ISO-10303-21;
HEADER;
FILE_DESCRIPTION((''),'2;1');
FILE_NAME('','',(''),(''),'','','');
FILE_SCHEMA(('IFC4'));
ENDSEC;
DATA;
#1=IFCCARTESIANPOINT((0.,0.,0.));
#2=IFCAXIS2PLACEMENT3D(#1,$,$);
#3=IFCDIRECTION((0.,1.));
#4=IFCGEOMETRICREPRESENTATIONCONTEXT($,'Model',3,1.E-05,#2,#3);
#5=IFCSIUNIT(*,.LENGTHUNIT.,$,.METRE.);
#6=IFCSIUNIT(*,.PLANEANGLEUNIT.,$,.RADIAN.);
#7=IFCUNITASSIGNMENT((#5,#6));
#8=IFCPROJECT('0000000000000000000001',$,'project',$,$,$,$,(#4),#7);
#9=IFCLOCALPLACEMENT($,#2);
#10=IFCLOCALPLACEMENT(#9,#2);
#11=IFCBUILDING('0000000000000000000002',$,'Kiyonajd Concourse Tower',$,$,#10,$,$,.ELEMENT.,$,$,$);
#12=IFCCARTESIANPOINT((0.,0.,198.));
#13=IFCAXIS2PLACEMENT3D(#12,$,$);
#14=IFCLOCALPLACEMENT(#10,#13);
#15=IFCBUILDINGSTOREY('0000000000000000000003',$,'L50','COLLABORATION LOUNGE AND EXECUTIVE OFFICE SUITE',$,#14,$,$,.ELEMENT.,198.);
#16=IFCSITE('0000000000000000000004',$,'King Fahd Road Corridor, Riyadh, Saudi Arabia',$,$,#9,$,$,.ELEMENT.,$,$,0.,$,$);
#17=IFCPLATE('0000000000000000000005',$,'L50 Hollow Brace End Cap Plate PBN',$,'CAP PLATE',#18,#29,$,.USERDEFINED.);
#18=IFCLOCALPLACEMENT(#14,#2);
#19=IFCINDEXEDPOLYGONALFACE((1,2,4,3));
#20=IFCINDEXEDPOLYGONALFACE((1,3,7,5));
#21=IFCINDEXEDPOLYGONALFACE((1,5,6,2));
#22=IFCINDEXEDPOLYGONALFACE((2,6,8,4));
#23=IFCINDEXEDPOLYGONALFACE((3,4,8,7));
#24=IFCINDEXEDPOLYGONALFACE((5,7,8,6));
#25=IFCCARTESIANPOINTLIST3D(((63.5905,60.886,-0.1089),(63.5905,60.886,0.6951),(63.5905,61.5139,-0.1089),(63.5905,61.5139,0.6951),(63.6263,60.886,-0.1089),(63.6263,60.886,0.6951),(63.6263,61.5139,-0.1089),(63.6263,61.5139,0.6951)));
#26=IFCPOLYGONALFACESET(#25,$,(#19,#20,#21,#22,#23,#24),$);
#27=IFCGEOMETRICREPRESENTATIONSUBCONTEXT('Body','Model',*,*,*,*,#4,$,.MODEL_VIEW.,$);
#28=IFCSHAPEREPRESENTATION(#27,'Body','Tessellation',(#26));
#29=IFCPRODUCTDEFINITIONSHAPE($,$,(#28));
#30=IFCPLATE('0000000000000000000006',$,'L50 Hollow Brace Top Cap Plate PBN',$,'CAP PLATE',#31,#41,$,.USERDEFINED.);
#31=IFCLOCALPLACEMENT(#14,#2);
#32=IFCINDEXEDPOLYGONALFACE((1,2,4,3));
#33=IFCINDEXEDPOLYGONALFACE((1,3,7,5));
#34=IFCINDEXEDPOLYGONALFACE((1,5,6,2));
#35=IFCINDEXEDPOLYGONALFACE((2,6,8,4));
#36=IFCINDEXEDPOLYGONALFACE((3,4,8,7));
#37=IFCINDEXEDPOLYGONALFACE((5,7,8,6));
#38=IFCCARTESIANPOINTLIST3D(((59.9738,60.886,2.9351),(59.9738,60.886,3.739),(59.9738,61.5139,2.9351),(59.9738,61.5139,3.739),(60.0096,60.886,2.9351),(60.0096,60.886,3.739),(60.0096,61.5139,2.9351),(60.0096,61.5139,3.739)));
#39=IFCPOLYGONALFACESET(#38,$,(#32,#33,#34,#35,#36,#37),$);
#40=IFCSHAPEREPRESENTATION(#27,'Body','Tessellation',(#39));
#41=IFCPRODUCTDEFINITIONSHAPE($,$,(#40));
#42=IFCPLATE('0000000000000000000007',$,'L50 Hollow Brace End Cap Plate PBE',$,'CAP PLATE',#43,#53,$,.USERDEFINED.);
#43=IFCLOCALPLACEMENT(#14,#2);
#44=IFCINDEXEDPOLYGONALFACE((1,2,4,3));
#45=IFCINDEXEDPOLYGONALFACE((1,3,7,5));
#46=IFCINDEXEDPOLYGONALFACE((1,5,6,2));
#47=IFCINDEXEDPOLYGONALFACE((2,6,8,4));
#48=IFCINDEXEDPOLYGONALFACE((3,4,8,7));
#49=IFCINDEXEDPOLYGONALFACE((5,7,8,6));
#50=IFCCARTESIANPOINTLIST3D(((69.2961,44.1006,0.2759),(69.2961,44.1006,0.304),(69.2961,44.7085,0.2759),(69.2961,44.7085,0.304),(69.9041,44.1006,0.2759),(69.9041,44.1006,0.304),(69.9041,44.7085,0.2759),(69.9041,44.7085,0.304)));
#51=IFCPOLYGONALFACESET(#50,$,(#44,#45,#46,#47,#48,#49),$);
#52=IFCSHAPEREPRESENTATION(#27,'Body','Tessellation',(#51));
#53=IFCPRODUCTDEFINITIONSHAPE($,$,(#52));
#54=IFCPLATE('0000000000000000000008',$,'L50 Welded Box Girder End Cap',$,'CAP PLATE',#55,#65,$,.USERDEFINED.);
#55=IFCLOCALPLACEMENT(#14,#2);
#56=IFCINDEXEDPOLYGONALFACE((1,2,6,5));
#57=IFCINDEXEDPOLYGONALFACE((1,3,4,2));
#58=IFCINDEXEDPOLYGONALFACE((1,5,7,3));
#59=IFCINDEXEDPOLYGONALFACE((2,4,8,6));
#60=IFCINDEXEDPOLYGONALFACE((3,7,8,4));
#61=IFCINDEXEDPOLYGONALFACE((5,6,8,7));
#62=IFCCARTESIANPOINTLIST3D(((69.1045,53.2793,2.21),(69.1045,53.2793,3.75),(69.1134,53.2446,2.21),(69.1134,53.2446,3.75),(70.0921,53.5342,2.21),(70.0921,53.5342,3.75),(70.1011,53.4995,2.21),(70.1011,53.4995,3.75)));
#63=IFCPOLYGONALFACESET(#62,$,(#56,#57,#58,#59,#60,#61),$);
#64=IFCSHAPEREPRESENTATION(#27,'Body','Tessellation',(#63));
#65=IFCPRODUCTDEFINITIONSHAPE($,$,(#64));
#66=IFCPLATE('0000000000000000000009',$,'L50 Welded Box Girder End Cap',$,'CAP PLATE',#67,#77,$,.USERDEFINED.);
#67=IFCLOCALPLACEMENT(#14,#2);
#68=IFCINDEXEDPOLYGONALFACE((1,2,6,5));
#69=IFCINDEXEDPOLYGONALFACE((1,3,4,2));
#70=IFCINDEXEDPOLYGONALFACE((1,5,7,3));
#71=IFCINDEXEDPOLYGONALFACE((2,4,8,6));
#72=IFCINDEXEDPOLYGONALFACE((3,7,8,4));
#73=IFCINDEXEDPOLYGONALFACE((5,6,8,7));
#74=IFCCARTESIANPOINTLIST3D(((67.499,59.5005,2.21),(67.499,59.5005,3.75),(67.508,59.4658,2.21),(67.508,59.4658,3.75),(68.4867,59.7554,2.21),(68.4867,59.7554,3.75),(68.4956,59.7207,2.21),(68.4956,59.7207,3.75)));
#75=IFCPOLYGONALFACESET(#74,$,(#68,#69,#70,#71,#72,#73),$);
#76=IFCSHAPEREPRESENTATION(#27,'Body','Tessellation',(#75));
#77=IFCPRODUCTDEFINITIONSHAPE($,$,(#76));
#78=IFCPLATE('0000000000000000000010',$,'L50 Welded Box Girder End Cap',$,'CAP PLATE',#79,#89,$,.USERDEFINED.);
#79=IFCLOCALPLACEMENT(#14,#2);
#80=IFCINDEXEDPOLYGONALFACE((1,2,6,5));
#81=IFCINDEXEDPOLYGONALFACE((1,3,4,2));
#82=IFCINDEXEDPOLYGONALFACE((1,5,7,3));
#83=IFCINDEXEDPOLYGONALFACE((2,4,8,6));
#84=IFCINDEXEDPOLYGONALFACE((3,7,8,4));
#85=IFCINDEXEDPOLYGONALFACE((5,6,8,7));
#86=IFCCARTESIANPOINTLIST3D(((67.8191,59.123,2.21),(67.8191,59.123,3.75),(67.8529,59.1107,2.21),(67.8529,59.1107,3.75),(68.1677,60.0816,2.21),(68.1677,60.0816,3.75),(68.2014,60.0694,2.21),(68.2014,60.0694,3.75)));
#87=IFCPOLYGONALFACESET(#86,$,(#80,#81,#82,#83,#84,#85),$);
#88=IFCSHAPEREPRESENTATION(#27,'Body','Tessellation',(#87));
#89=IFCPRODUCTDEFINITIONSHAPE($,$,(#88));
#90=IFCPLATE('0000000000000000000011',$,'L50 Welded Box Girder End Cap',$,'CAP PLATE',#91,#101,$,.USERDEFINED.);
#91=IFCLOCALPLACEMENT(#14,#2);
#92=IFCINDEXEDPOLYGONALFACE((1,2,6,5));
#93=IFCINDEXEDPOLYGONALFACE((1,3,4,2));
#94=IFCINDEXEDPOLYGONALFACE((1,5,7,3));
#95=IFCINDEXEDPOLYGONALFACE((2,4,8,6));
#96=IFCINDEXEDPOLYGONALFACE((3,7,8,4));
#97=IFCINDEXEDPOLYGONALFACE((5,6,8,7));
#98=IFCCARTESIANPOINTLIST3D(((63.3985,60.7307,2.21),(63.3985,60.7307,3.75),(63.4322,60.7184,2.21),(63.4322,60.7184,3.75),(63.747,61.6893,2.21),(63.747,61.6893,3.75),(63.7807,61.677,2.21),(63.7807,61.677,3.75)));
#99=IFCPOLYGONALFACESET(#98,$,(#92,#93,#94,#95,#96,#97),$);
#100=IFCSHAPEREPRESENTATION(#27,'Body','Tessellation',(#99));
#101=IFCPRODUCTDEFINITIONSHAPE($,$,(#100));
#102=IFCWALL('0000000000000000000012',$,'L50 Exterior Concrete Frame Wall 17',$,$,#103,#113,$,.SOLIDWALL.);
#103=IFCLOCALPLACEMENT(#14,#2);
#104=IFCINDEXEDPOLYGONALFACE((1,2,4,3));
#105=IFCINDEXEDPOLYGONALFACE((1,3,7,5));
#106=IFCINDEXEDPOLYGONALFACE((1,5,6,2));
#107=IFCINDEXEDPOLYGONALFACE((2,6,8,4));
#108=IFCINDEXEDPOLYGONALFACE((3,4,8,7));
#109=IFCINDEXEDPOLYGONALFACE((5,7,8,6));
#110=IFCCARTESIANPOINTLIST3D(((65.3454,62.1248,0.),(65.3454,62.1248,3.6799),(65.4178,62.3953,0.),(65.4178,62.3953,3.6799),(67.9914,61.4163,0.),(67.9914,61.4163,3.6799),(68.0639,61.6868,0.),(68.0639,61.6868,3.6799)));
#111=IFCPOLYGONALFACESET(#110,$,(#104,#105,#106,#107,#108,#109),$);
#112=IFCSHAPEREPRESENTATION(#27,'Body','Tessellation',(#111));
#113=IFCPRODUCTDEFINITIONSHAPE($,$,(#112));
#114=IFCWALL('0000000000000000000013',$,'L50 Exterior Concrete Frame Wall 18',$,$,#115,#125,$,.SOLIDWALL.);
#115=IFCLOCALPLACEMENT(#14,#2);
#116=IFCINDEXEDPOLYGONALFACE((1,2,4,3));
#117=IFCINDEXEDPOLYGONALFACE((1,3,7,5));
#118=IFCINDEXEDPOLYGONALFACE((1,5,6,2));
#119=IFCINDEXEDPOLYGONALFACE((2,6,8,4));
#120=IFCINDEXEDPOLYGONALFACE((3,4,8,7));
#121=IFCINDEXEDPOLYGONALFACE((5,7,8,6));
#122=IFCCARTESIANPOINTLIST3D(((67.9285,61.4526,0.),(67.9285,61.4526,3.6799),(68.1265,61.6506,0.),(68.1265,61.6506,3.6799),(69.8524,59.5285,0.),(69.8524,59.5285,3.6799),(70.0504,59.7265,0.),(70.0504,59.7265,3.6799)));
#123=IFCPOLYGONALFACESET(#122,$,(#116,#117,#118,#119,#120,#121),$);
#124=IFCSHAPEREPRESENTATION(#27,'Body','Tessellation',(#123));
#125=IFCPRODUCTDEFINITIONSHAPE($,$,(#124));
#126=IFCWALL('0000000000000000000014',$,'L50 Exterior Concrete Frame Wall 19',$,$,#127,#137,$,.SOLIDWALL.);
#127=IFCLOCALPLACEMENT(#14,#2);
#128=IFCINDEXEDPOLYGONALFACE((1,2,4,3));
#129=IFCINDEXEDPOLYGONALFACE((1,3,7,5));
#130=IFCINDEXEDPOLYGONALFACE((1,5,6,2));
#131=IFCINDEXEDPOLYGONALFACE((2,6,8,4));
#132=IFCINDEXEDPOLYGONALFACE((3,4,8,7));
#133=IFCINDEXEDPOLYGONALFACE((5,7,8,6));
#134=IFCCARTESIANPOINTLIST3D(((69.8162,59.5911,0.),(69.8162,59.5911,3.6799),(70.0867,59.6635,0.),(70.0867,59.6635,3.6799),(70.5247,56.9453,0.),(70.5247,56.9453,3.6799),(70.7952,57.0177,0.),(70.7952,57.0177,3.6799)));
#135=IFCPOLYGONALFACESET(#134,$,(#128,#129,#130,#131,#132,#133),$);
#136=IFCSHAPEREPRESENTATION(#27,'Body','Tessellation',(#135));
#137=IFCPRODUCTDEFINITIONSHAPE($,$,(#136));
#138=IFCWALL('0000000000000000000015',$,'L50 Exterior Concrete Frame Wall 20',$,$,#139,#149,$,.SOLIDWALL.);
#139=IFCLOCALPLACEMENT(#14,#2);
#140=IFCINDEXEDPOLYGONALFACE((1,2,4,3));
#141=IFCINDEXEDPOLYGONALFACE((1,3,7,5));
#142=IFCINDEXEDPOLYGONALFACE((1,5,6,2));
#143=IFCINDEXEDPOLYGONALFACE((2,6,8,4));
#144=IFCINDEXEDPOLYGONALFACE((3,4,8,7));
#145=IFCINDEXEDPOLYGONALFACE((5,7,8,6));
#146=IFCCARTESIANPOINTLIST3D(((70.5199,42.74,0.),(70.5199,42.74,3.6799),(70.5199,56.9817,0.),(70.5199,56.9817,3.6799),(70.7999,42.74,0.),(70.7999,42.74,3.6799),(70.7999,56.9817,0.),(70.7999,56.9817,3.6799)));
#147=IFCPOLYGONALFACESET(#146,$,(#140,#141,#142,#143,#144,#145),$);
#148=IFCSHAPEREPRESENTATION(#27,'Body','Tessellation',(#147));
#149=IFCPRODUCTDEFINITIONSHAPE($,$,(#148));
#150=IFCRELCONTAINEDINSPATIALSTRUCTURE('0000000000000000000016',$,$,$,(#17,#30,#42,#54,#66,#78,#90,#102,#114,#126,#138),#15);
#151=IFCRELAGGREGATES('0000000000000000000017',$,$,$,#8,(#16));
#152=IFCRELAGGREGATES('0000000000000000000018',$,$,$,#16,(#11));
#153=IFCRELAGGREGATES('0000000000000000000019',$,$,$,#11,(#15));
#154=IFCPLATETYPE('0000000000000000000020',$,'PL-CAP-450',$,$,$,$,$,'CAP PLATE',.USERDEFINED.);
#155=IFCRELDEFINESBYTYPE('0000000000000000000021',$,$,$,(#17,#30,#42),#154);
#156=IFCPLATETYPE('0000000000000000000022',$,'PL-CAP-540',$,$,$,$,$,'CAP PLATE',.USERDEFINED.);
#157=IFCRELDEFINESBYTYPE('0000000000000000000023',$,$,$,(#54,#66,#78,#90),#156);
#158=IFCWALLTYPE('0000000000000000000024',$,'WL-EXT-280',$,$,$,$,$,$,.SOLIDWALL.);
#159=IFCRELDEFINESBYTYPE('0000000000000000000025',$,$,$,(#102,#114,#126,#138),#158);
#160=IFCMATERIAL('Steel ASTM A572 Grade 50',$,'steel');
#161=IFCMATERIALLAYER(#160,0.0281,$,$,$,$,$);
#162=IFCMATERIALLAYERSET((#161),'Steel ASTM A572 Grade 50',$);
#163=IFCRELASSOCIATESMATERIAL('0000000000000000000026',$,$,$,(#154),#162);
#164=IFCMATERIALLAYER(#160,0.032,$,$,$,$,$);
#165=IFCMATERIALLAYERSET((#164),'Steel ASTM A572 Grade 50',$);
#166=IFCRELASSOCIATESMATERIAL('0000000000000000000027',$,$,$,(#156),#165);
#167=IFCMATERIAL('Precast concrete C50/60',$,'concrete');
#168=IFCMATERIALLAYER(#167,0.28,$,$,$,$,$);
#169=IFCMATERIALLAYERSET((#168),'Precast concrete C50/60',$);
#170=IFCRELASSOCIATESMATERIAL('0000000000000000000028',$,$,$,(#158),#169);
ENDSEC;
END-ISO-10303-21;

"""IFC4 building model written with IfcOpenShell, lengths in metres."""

from ifc_helpers import new_model, si_unit, direction, frame, frame_2d, origin, origin_2d, place, context, subcontext, project, spatial, rectangle, extrude, material, layer, layer_set, type_object, element, save


model = new_model("IFC4")

# Units and contexts
model_context = context("Model", 3, precision=1e-05, world=origin(), true_north=direction((0.0, 1.0)))
body_context = subcontext(model_context, "Body", "Model", "MODEL_VIEW")
ifc_project = project(units=[si_unit("LENGTHUNIT", "METRE"), si_unit("PLANEANGLEUNIT", "RADIAN")], contexts=[model_context])

# Site, building, storey
site_placement = place(None, origin())
site = spatial("IfcSite", under=ifc_project, at=site_placement, Name="King Fahd Road Corridor, Riyadh, Saudi Arabia", CompositionType="ELEMENT", RefElevation=0.0)
building_placement = place(site_placement, origin())
building = spatial("IfcBuilding", under=site, at=building_placement, Name="Kiyonajd Concourse Tower", CompositionType="ELEMENT")
storey_placement = place(building_placement, frame((0.0, 0.0, 198.0)))
storey = spatial("IfcBuildingStorey", under=building, at=storey_placement, Name="L50", Description="COLLABORATION LOUNGE AND EXECUTIVE OFFICE SUITE", CompositionType="ELEMENT", Elevation=198.0)

# Shared definitions
ifc_material_1 = material(Name="Steel ASTM A572 Grade 50", Category="steel")

# Plates
ifc_layer_1 = layer(ifc_material_1, 0.0281)
ifc_layer_set_1 = layer_set([ifc_layer_1], Name="Steel ASTM A572 Grade 50")
plate_type_1 = type_object("IfcPlateType", Name="PL-CAP-450", ElementType="CAP PLATE", PredefinedType="USERDEFINED", material=ifc_layer_set_1)
for number, where, z_axis, x_axis, name in (
    (1, (63.6084, 61.2, -0.1089), (0.0, 0.0, 1.0), (1.0, 0.0, 0.0), "L50 Hollow Brace End Cap Plate PBN"),
    (2, (59.9917, 61.2, 2.9351), (0.0, 0.0, 1.0), (-1.0, 0.0, 0.0), "L50 Hollow Brace Top Cap Plate PBN"),
):
    element("IfcPlate", number, at=place(storey_placement, frame(where, z_axis=z_axis, x_axis=x_axis)), inside=storey, type_object=plate_type_1, Name=name, ObjectType="CAP PLATE", PredefinedType="USERDEFINED", context=body_context, shape_type="SweptSolid", body=[
        extrude(rectangle(XDim=0.0359, YDim=0.6279, at=origin_2d()), origin(), (0.0, 0.0, 1.0), 0.804),
    ])
plate_placement = place(storey_placement, frame((69.6001, 44.4045, 0.2759), z_axis=(0.0, 0.0, 1.0), x_axis=(1.0, 0.0, 0.0)))
element("IfcPlate", 3, at=plate_placement, inside=storey, type_object=plate_type_1, Name="L50 Hollow Brace End Cap Plate PBE", ObjectType="CAP PLATE", PredefinedType="USERDEFINED", context=body_context, shape_type="SweptSolid", body=[
    extrude(rectangle(XDim=0.6079, YDim=0.6079, at=origin_2d()), origin(), (0.0, 0.0, 1.0), 0.0281),
])
ifc_layer_2 = layer(ifc_material_1, 0.032)
ifc_layer_set_2 = layer_set([ifc_layer_2], Name="Steel ASTM A572 Grade 50")
plate_type_2 = type_object("IfcPlateType", Name="PL-CAP-540", ElementType="CAP PLATE", PredefinedType="USERDEFINED", material=ifc_layer_set_2)
for number, where, z_axis, x_axis, name in (
    (4, (69.6028, 53.3894, 2.21), (0.0, 0.0, 1.0), (0.249873, -0.968279, 0.0), "L50 Welded Box Girder End Cap"),
    (5, (67.9973, 59.6106, 2.21), (0.0, 0.0, 1.0), (-0.249873, 0.968279, 0.0), "L50 Welded Box Girder End Cap"),
    (6, (68.0103, 59.5962, 2.21), (0.0, 0.0, 1.0), (0.939812, -0.341692, 0.0), "L50 Welded Box Girder End Cap"),
    (7, (63.5896, 61.2039, 2.21), (0.0, 0.0, 1.0), (-0.939812, 0.341692, 0.0), "L50 Welded Box Girder End Cap"),
):
    element("IfcPlate", number, at=place(storey_placement, frame(where, z_axis=z_axis, x_axis=x_axis)), inside=storey, type_object=plate_type_2, Name=name, ObjectType="CAP PLATE", PredefinedType="USERDEFINED", context=body_context, shape_type="SweptSolid", body=[
        extrude(rectangle(XDim=0.0359, YDim=1.02, at=origin_2d()), origin(), (0.0, 0.0, 1.0), 1.54),
    ])

# Walls
ifc_material_2 = material(Name="Precast concrete C50/60", Category="concrete")
ifc_layer_3 = layer(ifc_material_2, 0.28)
ifc_layer_set_3 = layer_set([ifc_layer_3], Name="Precast concrete C50/60")
wall_type = type_object("IfcWallType", Name="WL-EXT-280", PredefinedType="SOLIDWALL", material=ifc_layer_set_3)
wall_1_placement = place(storey_placement, frame((65.3816, 62.26, 0.0), z_axis=(0.0, 0.0, 1.0), x_axis=(0.965971, -0.25865, 0.0)))
element("IfcWall", 8, at=wall_1_placement, inside=storey, type_object=wall_type, Name="L50 Exterior Concrete Frame Wall 17", PredefinedType="SOLIDWALL", context=body_context, shape_type="SweptSolid", body=[
    extrude(rectangle(XDim=2.7393, YDim=0.28, at=frame_2d((1.3696, 0.0))), origin(), (0.0, 0.0, 1.0), 3.6799),
])
wall_2_placement = place(storey_placement, frame((68.0276, 61.5515, 0.0), z_axis=(0.0, 0.0, 1.0), x_axis=(0.707062, -0.707152, 0.0)))
element("IfcWall", 9, at=wall_2_placement, inside=storey, type_object=wall_type, Name="L50 Exterior Concrete Frame Wall 18", PredefinedType="SOLIDWALL", context=body_context, shape_type="SweptSolid", body=[
    extrude(rectangle(XDim=2.7209, YDim=0.28, at=frame_2d((1.3604, 0.0))), origin(), (0.0, 0.0, 1.0), 3.6799),
])
wall_3_placement = place(storey_placement, frame((69.9514, 59.6274, 0.0), z_axis=(0.0, 0.0, 1.0), x_axis=(0.258672, -0.965965, 0.0)))
element("IfcWall", 10, at=wall_3_placement, inside=storey, type_object=wall_type, Name="L50 Exterior Concrete Frame Wall 19", PredefinedType="SOLIDWALL", context=body_context, shape_type="SweptSolid", body=[
    extrude(rectangle(XDim=2.739, YDim=0.28, at=frame_2d((1.3696, 0.0))), origin(), (0.0, 0.0, 1.0), 3.6799),
])
wall_4_placement = place(storey_placement, frame((70.6599, 56.9817, 0.0), z_axis=(0.0, 0.0, 1.0), x_axis=(0.0, -1.0, 0.0)))
element("IfcWall", 11, at=wall_4_placement, inside=storey, type_object=wall_type, Name="L50 Exterior Concrete Frame Wall 20", PredefinedType="SOLIDWALL", context=body_context, shape_type="SweptSolid", body=[
    extrude(rectangle(XDim=14.2417, YDim=0.28, at=frame_2d((7.1208, 0.0))), origin(), (0.0, 0.0, 1.0), 3.6799),
])

save(model, "model.ifc")
